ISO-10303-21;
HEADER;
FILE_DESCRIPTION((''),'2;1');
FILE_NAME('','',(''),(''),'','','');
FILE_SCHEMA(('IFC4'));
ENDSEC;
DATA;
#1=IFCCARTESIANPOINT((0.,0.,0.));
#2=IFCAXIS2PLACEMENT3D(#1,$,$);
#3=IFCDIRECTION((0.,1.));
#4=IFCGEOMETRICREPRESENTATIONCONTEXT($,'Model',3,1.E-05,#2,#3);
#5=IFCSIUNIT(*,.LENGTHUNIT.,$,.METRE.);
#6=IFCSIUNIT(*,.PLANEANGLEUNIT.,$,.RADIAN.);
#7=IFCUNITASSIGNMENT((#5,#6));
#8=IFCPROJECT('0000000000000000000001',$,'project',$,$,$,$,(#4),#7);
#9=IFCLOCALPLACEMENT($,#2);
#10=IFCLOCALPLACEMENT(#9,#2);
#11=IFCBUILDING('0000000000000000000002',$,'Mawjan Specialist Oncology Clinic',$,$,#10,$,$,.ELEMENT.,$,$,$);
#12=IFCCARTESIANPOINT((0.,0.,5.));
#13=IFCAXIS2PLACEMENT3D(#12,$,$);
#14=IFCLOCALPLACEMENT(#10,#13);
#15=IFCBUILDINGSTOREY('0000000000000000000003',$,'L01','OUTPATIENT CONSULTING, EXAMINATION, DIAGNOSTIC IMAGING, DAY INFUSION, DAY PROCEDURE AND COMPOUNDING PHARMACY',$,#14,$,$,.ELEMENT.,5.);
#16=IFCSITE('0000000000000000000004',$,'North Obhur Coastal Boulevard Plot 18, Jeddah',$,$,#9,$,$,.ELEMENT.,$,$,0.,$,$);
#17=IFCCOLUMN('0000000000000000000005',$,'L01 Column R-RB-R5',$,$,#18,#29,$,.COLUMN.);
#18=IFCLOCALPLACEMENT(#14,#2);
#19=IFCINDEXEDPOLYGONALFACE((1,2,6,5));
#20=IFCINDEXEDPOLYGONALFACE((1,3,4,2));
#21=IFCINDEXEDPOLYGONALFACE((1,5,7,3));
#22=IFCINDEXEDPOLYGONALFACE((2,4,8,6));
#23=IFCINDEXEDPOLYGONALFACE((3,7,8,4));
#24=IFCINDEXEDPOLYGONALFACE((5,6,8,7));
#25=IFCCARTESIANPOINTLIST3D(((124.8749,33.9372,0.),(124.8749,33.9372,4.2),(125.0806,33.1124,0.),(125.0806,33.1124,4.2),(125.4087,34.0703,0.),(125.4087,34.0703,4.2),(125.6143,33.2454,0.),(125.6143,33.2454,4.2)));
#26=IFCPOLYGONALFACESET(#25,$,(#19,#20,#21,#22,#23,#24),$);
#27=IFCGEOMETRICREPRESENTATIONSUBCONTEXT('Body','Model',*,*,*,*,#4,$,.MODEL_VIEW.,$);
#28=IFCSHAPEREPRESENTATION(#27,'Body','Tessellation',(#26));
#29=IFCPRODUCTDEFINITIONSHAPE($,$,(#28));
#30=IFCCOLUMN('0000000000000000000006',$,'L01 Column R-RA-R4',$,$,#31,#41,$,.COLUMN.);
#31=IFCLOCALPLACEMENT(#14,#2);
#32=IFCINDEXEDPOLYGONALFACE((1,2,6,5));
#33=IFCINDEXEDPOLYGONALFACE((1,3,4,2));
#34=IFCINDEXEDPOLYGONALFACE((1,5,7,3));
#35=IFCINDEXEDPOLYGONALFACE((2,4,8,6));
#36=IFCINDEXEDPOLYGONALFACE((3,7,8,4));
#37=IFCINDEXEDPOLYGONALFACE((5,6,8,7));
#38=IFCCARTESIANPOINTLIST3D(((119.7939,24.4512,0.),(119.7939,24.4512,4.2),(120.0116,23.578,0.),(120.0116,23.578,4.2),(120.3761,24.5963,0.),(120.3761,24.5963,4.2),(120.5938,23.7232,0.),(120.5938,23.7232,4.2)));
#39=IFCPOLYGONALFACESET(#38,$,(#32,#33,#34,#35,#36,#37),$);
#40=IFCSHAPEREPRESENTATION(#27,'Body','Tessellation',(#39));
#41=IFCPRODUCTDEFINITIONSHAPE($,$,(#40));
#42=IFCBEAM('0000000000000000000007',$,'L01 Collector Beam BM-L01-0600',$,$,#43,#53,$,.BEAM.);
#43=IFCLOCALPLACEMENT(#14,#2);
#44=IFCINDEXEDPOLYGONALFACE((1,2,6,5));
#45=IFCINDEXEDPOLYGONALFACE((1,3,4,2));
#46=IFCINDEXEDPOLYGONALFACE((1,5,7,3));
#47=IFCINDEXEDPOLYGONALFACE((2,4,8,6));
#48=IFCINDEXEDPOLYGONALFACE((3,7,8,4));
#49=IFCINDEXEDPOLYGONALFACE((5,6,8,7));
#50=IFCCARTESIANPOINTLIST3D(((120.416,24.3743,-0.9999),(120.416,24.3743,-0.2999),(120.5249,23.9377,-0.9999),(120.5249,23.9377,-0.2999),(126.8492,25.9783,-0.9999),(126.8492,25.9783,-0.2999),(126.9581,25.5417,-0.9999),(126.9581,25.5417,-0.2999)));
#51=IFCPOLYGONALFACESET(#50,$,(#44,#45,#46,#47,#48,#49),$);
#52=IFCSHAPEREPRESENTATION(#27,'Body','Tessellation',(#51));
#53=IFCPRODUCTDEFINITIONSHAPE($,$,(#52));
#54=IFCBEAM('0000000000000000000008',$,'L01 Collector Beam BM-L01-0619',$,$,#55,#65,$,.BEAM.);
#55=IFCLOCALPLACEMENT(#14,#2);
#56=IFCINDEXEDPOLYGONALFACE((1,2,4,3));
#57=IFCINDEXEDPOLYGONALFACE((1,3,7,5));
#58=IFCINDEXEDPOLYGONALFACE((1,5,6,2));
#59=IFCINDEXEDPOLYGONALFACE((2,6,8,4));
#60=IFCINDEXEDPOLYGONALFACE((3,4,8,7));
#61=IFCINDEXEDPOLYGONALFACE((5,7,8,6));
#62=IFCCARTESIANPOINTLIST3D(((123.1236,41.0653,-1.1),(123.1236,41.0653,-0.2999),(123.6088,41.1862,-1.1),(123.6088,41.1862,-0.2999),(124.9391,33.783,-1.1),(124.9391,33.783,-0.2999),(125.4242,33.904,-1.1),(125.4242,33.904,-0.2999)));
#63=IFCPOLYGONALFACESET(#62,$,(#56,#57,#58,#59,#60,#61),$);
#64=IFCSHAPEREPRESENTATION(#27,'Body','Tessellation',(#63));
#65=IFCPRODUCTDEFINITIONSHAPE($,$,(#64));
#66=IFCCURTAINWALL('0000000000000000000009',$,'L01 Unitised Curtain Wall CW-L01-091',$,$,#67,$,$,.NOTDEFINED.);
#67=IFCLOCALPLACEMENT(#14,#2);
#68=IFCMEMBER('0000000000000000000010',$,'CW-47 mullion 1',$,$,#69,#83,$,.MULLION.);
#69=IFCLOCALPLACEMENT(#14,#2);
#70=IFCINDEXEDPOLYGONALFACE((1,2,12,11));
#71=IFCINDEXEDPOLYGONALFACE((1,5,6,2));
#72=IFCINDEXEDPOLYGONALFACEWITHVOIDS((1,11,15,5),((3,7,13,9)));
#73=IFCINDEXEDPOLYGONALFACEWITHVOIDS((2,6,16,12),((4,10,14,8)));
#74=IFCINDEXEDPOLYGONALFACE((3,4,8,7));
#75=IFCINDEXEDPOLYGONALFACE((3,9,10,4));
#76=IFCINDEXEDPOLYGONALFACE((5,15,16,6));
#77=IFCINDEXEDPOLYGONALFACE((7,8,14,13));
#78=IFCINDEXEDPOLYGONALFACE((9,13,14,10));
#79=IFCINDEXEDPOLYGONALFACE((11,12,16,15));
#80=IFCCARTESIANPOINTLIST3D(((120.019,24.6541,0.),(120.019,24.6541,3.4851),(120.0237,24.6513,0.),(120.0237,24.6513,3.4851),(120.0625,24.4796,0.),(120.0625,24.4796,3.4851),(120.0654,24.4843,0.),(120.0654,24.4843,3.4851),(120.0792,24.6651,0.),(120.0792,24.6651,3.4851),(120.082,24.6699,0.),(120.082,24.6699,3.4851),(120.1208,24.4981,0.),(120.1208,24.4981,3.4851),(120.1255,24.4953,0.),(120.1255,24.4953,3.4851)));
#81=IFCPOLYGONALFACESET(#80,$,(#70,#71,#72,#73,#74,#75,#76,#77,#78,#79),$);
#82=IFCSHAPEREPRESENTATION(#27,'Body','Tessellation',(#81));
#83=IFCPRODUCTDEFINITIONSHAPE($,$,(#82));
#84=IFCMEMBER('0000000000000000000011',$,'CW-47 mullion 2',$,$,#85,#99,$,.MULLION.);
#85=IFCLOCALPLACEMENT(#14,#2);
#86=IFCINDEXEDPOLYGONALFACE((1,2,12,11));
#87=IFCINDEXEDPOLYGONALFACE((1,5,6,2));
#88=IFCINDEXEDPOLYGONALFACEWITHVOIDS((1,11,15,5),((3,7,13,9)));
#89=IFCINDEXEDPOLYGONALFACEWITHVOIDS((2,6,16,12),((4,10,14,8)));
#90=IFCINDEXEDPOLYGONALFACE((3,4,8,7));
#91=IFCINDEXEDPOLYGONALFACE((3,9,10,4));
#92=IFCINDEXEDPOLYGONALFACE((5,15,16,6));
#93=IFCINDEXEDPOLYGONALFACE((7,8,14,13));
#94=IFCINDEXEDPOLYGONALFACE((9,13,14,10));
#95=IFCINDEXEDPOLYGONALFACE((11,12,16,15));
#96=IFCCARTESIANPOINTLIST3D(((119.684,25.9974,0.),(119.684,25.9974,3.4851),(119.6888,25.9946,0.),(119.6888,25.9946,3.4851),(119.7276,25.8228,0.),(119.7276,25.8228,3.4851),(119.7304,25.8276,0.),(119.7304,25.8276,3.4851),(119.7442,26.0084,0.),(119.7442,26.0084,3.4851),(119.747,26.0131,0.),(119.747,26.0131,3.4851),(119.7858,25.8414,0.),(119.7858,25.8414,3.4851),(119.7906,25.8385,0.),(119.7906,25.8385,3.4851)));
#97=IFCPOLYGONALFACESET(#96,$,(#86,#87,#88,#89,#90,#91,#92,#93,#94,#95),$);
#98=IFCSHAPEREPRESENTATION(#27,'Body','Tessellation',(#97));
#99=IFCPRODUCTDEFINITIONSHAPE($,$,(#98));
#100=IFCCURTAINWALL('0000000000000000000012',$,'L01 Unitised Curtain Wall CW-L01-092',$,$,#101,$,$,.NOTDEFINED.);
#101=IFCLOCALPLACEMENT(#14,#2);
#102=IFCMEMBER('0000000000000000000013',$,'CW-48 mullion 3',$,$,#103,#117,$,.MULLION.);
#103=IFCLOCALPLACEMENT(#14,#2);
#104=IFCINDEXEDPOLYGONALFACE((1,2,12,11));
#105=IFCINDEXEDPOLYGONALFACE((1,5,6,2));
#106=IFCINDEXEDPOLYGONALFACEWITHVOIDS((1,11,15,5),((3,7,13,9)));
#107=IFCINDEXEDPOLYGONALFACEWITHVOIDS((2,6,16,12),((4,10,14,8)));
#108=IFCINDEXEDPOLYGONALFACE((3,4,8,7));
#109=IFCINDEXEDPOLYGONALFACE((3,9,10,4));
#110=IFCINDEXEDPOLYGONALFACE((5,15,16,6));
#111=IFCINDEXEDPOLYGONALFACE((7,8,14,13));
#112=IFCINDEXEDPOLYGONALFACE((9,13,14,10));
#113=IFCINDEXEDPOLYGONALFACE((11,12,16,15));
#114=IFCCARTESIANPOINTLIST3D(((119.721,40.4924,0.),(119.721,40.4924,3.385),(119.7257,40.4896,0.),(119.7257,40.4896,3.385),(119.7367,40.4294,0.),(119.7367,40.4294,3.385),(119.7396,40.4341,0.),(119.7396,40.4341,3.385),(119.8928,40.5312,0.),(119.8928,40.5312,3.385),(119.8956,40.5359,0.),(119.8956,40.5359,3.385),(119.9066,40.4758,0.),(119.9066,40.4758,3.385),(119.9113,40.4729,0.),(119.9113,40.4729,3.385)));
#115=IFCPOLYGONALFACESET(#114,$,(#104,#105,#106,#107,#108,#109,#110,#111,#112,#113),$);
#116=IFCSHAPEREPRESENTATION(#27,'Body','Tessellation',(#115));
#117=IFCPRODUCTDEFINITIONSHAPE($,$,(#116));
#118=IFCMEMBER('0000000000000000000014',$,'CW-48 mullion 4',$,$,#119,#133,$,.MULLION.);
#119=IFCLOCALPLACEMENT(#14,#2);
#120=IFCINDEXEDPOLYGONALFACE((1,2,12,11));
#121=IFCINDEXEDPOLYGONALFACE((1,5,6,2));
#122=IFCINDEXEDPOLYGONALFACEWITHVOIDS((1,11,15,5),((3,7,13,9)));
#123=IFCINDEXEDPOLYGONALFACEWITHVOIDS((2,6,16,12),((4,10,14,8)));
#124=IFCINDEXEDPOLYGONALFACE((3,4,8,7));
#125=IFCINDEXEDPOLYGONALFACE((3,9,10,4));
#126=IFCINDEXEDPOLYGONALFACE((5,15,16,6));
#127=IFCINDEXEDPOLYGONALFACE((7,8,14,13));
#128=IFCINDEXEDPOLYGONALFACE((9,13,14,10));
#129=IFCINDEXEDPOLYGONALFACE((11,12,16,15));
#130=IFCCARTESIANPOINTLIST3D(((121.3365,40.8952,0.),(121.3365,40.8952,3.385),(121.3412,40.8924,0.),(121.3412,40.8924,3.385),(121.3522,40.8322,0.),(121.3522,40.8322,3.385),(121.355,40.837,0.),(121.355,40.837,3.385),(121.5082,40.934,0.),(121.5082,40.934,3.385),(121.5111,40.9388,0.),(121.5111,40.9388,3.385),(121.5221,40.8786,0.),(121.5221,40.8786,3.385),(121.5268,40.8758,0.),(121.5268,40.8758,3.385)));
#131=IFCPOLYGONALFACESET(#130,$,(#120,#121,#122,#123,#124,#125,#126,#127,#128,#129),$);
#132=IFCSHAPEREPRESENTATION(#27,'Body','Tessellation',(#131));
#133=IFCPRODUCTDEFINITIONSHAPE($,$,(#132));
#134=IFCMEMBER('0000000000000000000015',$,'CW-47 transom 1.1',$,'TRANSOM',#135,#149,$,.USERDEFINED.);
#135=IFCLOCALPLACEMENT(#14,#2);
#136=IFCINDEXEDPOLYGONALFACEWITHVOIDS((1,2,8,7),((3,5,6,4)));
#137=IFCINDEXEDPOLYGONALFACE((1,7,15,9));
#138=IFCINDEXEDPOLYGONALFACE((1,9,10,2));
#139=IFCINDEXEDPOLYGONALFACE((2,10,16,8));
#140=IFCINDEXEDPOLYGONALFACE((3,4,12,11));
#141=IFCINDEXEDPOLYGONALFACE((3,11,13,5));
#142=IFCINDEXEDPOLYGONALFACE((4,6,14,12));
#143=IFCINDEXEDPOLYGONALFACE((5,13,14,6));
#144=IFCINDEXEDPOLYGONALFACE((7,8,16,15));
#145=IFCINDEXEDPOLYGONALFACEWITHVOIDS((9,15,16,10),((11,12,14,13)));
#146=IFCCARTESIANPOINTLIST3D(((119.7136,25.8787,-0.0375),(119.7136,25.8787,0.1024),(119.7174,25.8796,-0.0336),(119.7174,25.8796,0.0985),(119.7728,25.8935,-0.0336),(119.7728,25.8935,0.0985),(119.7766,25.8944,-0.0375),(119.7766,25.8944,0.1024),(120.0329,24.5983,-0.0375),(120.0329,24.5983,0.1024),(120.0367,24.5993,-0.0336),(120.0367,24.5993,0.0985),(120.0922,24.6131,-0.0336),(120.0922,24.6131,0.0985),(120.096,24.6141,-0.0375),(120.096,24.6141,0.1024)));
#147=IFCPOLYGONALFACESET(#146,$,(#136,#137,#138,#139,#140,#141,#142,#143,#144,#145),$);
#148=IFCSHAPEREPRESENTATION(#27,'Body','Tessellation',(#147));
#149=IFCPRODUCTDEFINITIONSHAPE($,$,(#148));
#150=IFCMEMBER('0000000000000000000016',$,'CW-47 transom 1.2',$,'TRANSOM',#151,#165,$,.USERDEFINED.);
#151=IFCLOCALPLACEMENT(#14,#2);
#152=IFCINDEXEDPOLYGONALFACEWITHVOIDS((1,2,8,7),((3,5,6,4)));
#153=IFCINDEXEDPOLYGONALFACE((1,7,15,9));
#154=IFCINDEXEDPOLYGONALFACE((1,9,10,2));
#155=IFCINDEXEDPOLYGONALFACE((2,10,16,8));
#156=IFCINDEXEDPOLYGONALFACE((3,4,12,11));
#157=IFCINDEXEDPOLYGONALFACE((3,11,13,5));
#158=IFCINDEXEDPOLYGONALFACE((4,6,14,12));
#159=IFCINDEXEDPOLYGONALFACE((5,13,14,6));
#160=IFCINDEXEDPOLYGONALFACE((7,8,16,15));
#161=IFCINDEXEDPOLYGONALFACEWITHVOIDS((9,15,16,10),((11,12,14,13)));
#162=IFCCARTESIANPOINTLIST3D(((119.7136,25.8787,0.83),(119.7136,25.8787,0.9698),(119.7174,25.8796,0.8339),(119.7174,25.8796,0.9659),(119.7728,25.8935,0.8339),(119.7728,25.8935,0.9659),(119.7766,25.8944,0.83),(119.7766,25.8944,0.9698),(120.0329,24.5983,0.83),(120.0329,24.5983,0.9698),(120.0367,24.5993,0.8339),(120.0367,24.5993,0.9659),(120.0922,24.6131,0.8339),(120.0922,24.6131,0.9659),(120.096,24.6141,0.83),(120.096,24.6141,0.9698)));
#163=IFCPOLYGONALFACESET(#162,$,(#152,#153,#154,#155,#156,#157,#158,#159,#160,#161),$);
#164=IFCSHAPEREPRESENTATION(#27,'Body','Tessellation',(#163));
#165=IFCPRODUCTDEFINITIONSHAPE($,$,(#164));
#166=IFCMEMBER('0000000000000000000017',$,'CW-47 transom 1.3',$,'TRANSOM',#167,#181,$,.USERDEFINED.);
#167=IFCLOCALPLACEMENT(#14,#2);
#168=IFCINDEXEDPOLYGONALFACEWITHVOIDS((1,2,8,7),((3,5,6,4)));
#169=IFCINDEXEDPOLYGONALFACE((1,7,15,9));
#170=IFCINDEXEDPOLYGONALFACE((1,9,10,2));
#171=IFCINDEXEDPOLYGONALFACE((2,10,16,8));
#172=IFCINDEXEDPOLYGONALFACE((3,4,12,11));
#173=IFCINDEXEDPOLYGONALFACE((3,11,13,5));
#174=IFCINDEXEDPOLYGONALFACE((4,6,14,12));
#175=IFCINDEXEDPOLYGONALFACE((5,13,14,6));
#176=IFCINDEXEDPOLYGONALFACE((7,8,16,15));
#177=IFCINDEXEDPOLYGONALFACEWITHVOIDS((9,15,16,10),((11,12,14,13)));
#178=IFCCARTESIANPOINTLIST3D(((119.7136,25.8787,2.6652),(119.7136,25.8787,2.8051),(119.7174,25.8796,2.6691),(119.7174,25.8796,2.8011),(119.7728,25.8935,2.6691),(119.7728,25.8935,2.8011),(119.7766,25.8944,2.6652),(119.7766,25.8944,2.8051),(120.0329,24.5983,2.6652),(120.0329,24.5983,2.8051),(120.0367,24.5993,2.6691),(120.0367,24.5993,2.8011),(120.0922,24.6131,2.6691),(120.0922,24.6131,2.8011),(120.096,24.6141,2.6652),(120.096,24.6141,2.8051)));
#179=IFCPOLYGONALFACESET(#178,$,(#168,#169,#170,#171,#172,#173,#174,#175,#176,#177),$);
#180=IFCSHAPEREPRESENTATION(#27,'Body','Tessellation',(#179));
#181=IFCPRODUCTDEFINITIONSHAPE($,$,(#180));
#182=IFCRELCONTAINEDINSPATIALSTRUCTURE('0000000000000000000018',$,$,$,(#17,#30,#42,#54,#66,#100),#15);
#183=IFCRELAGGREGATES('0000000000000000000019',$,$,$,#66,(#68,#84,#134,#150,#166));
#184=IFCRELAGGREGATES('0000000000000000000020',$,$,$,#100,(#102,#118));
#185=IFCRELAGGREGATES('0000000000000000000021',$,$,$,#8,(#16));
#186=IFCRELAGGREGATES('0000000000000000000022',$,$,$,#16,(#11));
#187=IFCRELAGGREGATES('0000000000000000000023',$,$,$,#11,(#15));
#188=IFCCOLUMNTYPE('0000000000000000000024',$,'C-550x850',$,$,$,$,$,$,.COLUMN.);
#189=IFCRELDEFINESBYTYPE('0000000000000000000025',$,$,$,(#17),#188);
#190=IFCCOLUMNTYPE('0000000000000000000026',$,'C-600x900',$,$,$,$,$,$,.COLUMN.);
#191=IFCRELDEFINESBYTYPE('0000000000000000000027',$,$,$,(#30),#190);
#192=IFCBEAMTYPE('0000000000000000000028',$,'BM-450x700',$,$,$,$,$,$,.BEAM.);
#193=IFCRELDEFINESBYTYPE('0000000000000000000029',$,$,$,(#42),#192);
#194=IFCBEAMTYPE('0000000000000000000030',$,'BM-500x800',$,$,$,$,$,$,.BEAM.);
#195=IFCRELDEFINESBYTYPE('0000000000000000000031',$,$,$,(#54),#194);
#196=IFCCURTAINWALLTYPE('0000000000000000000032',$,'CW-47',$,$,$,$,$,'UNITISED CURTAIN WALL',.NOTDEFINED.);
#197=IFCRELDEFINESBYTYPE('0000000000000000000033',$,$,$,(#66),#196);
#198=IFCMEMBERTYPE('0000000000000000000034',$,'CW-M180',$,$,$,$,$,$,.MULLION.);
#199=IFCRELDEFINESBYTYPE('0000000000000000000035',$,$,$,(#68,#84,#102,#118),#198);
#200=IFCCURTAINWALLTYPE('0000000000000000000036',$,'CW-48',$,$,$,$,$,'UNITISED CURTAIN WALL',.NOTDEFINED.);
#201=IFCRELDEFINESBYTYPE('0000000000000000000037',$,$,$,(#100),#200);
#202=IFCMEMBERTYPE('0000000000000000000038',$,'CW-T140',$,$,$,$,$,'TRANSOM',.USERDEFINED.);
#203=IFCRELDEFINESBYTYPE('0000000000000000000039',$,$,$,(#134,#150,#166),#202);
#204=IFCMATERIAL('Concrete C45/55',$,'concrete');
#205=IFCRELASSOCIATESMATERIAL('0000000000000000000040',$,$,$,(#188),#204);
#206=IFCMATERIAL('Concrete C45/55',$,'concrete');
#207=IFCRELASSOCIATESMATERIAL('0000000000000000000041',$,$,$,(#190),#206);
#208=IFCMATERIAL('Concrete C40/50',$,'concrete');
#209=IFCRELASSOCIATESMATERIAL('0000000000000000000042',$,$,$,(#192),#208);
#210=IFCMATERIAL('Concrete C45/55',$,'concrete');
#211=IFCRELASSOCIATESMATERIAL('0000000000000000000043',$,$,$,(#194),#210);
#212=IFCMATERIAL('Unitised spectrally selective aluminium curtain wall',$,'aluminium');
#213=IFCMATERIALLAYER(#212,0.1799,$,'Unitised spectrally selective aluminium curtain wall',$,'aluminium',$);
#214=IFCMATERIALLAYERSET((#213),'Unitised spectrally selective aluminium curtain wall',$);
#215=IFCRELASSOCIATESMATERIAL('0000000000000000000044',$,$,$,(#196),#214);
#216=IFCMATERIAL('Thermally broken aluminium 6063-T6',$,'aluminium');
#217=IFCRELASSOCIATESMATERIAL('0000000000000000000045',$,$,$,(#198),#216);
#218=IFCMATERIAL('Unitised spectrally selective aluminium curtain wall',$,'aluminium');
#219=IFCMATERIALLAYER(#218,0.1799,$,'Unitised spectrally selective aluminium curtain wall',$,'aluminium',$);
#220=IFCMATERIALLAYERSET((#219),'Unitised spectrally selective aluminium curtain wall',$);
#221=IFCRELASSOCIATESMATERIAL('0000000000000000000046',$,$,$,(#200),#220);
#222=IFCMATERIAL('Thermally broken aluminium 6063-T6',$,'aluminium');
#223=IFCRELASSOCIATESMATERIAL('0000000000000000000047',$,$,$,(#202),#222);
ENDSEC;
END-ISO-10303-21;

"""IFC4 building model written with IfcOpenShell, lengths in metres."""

from ifc_helpers import new_model, si_unit, direction, frame, origin, origin_2d, place, context, subcontext, project, spatial, rectangle, hollow_rectangle, extrude, material, layer, layer_set, material_profile, profile_set, type_object, element, aggregate, save


model = new_model("IFC4")

# Units and contexts
model_context = context("Model", 3, precision=1e-05, world=origin(), true_north=direction((0.0, 1.0)))
body_context = subcontext(model_context, "Body", "Model", "MODEL_VIEW")
ifc_project = project(units=[si_unit("LENGTHUNIT", "METRE"), si_unit("PLANEANGLEUNIT", "RADIAN")], contexts=[model_context])

# Site, building, storey
site_placement = place(None, origin())
site = spatial("IfcSite", under=ifc_project, at=site_placement, Name="North Obhur Coastal Boulevard Plot 18, Jeddah", CompositionType="ELEMENT", RefElevation=0.0)
building_placement = place(site_placement, origin())
building = spatial("IfcBuilding", under=site, at=building_placement, Name="Mawjan Specialist Oncology Clinic", CompositionType="ELEMENT")
storey_placement = place(building_placement, frame((0.0, 0.0, 5.0)))
storey = spatial("IfcBuildingStorey", under=building, at=storey_placement, Name="L01", Description="OUTPATIENT CONSULTING, EXAMINATION, DIAGNOSTIC IMAGING, DAY INFUSION, DAY PROCEDURE AND COMPOUNDING PHARMACY", CompositionType="ELEMENT", Elevation=5.0)

# Columns
ifc_material_1 = material(Name="Concrete C45/55", Category="concrete")
ifc_material_profile_1 = material_profile(ifc_material_1, rectangle(XDim=0.55, YDim=0.8501, at=origin_2d()), Name="RC COL 550x850", Category="concrete")
ifc_profile_set_1 = profile_set([ifc_material_profile_1], Name="Concrete C45/55")
column_type_1 = type_object("IfcColumnType", Name="C-550x850", PredefinedType="COLUMN", material=ifc_profile_set_1)
column_1_placement = place(storey_placement, frame((125.2446, 33.5913, 0.0), z_axis=(0.0, 0.0, 1.0), x_axis=(0.970296, 0.241922, 0.0)))
element("IfcColumn", 1, at=column_1_placement, inside=storey, type_object=column_type_1, Name="L01 Column R-RB-R5", PredefinedType="COLUMN", context=body_context, shape_type="SweptSolid", body=[
    extrude(rectangle(XDim=0.55, YDim=0.8501, at=origin_2d()), origin(), (0.0, 0.0, 1.0), 4.2),
])
ifc_material_2 = material(Name="Concrete C45/55", Category="concrete")
ifc_material_profile_2 = material_profile(ifc_material_2, rectangle(XDim=0.6001, YDim=0.8999, at=origin_2d()), Name="RC COL 600x900", Category="concrete")
ifc_profile_set_2 = profile_set([ifc_material_profile_2], Name="Concrete C45/55")
column_type_2 = type_object("IfcColumnType", Name="C-600x900", PredefinedType="COLUMN", material=ifc_profile_set_2)
column_2_placement = place(storey_placement, frame((120.1938, 24.0872, 0.0), z_axis=(0.0, 0.0, 1.0), x_axis=(0.970296, 0.241922, 0.0)))
element("IfcColumn", 2, at=column_2_placement, inside=storey, type_object=column_type_2, Name="L01 Column R-RA-R4", PredefinedType="COLUMN", context=body_context, shape_type="SweptSolid", body=[
    extrude(rectangle(XDim=0.6001, YDim=0.8999, at=origin_2d()), origin(), (0.0, 0.0, 1.0), 4.2),
])

# Beams
ifc_material_3 = material(Name="Concrete C40/50", Category="concrete")
ifc_material_profile_3 = material_profile(ifc_material_3, rectangle(XDim=0.45, YDim=0.7, at=origin_2d()), Name="RC BM 450x700", Category="concrete")
ifc_profile_set_3 = profile_set([ifc_material_profile_3], Name="Concrete C40/50")
beam_type_1 = type_object("IfcBeamType", Name="BM-450x700", PredefinedType="BEAM", material=ifc_profile_set_3)
beam_1_placement = place(storey_placement, frame((120.4705, 24.156, -0.6499), z_axis=(0.970294, 0.241929, 0.0), x_axis=(-0.241929, 0.970294, 0.0)))
element("IfcBeam", 3, at=beam_1_placement, inside=storey, type_object=beam_type_1, Name="L01 Collector Beam BM-L01-0600", PredefinedType="BEAM", context=body_context, shape_type="SweptSolid", body=[
    extrude(rectangle(XDim=0.45, YDim=0.7, at=origin_2d()), origin(), (0.0, 0.0, 1.0), 6.6301),
])
ifc_material_4 = material(Name="Concrete C45/55", Category="concrete")
ifc_material_profile_4 = material_profile(ifc_material_4, rectangle(XDim=0.5, YDim=0.8, at=origin_2d()), Name="RC BM 500x800", Category="concrete")
ifc_profile_set_4 = profile_set([ifc_material_profile_4], Name="Concrete C45/55")
beam_type_2 = type_object("IfcBeamType", Name="BM-500x800", PredefinedType="BEAM", material=ifc_profile_set_4)
beam_2_placement = place(storey_placement, frame((125.1816, 33.8435, -0.7), z_axis=(-0.241893, 0.970303, 0.0), x_axis=(-0.970303, -0.241893, 0.0)))
element("IfcBeam", 4, at=beam_2_placement, inside=storey, type_object=beam_type_2, Name="L01 Collector Beam BM-L01-0619", PredefinedType="BEAM", context=body_context, shape_type="SweptSolid", body=[
    extrude(rectangle(XDim=0.5, YDim=0.8, at=origin_2d()), origin(), (0.0, 0.0, 1.0), 7.5051),
])

# Curtain walls, members
ifc_material_5 = material(Name="Unitised spectrally selective aluminium curtain wall", Category="aluminium")
ifc_layer_1 = layer(ifc_material_5, 0.1799, Name="Unitised spectrally selective aluminium curtain wall", Category="aluminium")
ifc_layer_set_1 = layer_set([ifc_layer_1], Name="Unitised spectrally selective aluminium curtain wall")
curtain_wall_type_1 = type_object("IfcCurtainWallType", Name="CW-47", ElementType="UNITISED CURTAIN WALL", PredefinedType="NOTDEFINED", material=ifc_layer_set_1)
curtain_wall_1_placement = place(storey_placement, origin())
curtain_wall_1 = element("IfcCurtainWall", 5, at=curtain_wall_1_placement, inside=storey, type_object=curtain_wall_type_1, Name="L01 Unitised Curtain Wall CW-L01-091", PredefinedType="NOTDEFINED")
ifc_material_6 = material(Name="Thermally broken aluminium 6063-T6", Category="aluminium")
ifc_material_profile_5 = material_profile(ifc_material_6, hollow_rectangle(XDim=0.0649, YDim=0.1799, WallThickness=0.0039, at=origin_2d()), Name="ALU MULLION 180x65x4", Category="aluminium")
ifc_profile_set_5 = profile_set([ifc_material_profile_5], Name="Thermally broken aluminium 6063-T6")
member_type_1 = type_object("IfcMemberType", Name="CW-M180", PredefinedType="MULLION", material=ifc_profile_set_5)
member_1_placement = place(storey_placement, frame((120.0723, 24.5747, 0.0), z_axis=(0.0, 0.0, 1.0), x_axis=(-0.970296, -0.241922, 0.0)))
member_1 = element("IfcMember", 6, at=member_1_placement, type_object=member_type_1, Name="CW-47 mullion 1", PredefinedType="MULLION", context=body_context, shape_type="SweptSolid", body=[
    extrude(hollow_rectangle(XDim=0.0649, YDim=0.1799, WallThickness=0.0039, at=origin_2d()), origin(), (0.0, 0.0, 1.0), 3.4851),
])
member_2_placement = place(storey_placement, frame((119.7373, 25.918, 0.0), z_axis=(0.0, 0.0, 1.0), x_axis=(-0.970296, -0.241922, 0.0)))
member_2 = element("IfcMember", 7, at=member_2_placement, type_object=member_type_1, Name="CW-47 mullion 2", PredefinedType="MULLION", context=body_context, shape_type="SweptSolid", body=[
    extrude(hollow_rectangle(XDim=0.0649, YDim=0.1799, WallThickness=0.0039, at=origin_2d()), origin(), (0.0, 0.0, 1.0), 3.4851),
])
ifc_material_7 = material(Name="Unitised spectrally selective aluminium curtain wall", Category="aluminium")
ifc_layer_2 = layer(ifc_material_7, 0.1799, Name="Unitised spectrally selective aluminium curtain wall", Category="aluminium")
ifc_layer_set_2 = layer_set([ifc_layer_2], Name="Unitised spectrally selective aluminium curtain wall")
curtain_wall_type_2 = type_object("IfcCurtainWallType", Name="CW-48", ElementType="UNITISED CURTAIN WALL", PredefinedType="NOTDEFINED", material=ifc_layer_set_2)
curtain_wall_2_placement = place(storey_placement, origin())
curtain_wall_2 = element("IfcCurtainWall", 8, at=curtain_wall_2_placement, inside=storey, type_object=curtain_wall_type_2, Name="L01 Unitised Curtain Wall CW-L01-092", PredefinedType="NOTDEFINED")
member_3_placement = place(storey_placement, frame((119.8162, 40.4827, 0.0), z_axis=(0.0, 0.0, 1.0), x_axis=(-0.241922, 0.970296, 0.0)))
member_3 = element("IfcMember", 9, at=member_3_placement, type_object=member_type_1, Name="CW-48 mullion 3", PredefinedType="MULLION", context=body_context, shape_type="SweptSolid", body=[
    extrude(hollow_rectangle(XDim=0.0649, YDim=0.1799, WallThickness=0.0039, at=origin_2d()), origin(), (0.0, 0.0, 1.0), 3.385),
])
member_4_placement = place(storey_placement, frame((121.4316, 40.8855, 0.0), z_axis=(0.0, 0.0, 1.0), x_axis=(-0.241922, 0.970296, 0.0)))
member_4 = element("IfcMember", 10, at=member_4_placement, type_object=member_type_1, Name="CW-48 mullion 4", PredefinedType="MULLION", context=body_context, shape_type="SweptSolid", body=[
    extrude(hollow_rectangle(XDim=0.0649, YDim=0.1799, WallThickness=0.0039, at=origin_2d()), origin(), (0.0, 0.0, 1.0), 3.385),
])

# Members
ifc_material_8 = material(Name="Thermally broken aluminium 6063-T6", Category="aluminium")
ifc_material_profile_6 = material_profile(ifc_material_8, hollow_rectangle(XDim=0.0649, YDim=0.1399, WallThickness=0.0039, at=origin_2d()), Name="ALU TRANSOM 140x65x4", Category="aluminium")
ifc_profile_set_6 = profile_set([ifc_material_profile_6], Name="Thermally broken aluminium 6063-T6")
member_type_2 = type_object("IfcMemberType", Name="CW-T140", ElementType="TRANSOM", PredefinedType="USERDEFINED", material=ifc_profile_set_6)
member_5_placement = place(storey_placement, frame((120.0645, 24.6062, 0.0325), z_axis=(-0.242013, 0.970273, 0.0), x_axis=(-0.970273, -0.242013, 0.0)))
member_5 = element("IfcMember", 11, at=member_5_placement, type_object=member_type_2, Name="CW-47 transom 1.1", ObjectType="TRANSOM", PredefinedType="USERDEFINED", context=body_context, shape_type="SweptSolid", body=[
    extrude(hollow_rectangle(XDim=0.0649, YDim=0.1399, WallThickness=0.0039, at=origin_2d()), origin(), (0.0, 0.0, 1.0), 1.3196),
])
member_6_placement = place(storey_placement, frame((120.0645, 24.6062, 0.8999), z_axis=(-0.242013, 0.970273, 0.0), x_axis=(-0.970273, -0.242013, 0.0)))
member_6 = element("IfcMember", 12, at=member_6_placement, type_object=member_type_2, Name="CW-47 transom 1.2", ObjectType="TRANSOM", PredefinedType="USERDEFINED", context=body_context, shape_type="SweptSolid", body=[
    extrude(hollow_rectangle(XDim=0.0649, YDim=0.1399, WallThickness=0.0039, at=origin_2d()), origin(), (0.0, 0.0, 1.0), 1.3196),
])
member_7_placement = place(storey_placement, frame((120.0645, 24.6062, 2.7351), z_axis=(-0.242013, 0.970273, 0.0), x_axis=(-0.970273, -0.242013, 0.0)))
member_7 = element("IfcMember", 13, at=member_7_placement, type_object=member_type_2, Name="CW-47 transom 1.3", ObjectType="TRANSOM", PredefinedType="USERDEFINED", context=body_context, shape_type="SweptSolid", body=[
    extrude(hollow_rectangle(XDim=0.0649, YDim=0.1399, WallThickness=0.0039, at=origin_2d()), origin(), (0.0, 0.0, 1.0), 1.3196),
])

aggregate(curtain_wall_1, [member_1, member_2, member_5, member_6, member_7])
aggregate(curtain_wall_2, [member_3, member_4])

save(model, "model.ifc")
